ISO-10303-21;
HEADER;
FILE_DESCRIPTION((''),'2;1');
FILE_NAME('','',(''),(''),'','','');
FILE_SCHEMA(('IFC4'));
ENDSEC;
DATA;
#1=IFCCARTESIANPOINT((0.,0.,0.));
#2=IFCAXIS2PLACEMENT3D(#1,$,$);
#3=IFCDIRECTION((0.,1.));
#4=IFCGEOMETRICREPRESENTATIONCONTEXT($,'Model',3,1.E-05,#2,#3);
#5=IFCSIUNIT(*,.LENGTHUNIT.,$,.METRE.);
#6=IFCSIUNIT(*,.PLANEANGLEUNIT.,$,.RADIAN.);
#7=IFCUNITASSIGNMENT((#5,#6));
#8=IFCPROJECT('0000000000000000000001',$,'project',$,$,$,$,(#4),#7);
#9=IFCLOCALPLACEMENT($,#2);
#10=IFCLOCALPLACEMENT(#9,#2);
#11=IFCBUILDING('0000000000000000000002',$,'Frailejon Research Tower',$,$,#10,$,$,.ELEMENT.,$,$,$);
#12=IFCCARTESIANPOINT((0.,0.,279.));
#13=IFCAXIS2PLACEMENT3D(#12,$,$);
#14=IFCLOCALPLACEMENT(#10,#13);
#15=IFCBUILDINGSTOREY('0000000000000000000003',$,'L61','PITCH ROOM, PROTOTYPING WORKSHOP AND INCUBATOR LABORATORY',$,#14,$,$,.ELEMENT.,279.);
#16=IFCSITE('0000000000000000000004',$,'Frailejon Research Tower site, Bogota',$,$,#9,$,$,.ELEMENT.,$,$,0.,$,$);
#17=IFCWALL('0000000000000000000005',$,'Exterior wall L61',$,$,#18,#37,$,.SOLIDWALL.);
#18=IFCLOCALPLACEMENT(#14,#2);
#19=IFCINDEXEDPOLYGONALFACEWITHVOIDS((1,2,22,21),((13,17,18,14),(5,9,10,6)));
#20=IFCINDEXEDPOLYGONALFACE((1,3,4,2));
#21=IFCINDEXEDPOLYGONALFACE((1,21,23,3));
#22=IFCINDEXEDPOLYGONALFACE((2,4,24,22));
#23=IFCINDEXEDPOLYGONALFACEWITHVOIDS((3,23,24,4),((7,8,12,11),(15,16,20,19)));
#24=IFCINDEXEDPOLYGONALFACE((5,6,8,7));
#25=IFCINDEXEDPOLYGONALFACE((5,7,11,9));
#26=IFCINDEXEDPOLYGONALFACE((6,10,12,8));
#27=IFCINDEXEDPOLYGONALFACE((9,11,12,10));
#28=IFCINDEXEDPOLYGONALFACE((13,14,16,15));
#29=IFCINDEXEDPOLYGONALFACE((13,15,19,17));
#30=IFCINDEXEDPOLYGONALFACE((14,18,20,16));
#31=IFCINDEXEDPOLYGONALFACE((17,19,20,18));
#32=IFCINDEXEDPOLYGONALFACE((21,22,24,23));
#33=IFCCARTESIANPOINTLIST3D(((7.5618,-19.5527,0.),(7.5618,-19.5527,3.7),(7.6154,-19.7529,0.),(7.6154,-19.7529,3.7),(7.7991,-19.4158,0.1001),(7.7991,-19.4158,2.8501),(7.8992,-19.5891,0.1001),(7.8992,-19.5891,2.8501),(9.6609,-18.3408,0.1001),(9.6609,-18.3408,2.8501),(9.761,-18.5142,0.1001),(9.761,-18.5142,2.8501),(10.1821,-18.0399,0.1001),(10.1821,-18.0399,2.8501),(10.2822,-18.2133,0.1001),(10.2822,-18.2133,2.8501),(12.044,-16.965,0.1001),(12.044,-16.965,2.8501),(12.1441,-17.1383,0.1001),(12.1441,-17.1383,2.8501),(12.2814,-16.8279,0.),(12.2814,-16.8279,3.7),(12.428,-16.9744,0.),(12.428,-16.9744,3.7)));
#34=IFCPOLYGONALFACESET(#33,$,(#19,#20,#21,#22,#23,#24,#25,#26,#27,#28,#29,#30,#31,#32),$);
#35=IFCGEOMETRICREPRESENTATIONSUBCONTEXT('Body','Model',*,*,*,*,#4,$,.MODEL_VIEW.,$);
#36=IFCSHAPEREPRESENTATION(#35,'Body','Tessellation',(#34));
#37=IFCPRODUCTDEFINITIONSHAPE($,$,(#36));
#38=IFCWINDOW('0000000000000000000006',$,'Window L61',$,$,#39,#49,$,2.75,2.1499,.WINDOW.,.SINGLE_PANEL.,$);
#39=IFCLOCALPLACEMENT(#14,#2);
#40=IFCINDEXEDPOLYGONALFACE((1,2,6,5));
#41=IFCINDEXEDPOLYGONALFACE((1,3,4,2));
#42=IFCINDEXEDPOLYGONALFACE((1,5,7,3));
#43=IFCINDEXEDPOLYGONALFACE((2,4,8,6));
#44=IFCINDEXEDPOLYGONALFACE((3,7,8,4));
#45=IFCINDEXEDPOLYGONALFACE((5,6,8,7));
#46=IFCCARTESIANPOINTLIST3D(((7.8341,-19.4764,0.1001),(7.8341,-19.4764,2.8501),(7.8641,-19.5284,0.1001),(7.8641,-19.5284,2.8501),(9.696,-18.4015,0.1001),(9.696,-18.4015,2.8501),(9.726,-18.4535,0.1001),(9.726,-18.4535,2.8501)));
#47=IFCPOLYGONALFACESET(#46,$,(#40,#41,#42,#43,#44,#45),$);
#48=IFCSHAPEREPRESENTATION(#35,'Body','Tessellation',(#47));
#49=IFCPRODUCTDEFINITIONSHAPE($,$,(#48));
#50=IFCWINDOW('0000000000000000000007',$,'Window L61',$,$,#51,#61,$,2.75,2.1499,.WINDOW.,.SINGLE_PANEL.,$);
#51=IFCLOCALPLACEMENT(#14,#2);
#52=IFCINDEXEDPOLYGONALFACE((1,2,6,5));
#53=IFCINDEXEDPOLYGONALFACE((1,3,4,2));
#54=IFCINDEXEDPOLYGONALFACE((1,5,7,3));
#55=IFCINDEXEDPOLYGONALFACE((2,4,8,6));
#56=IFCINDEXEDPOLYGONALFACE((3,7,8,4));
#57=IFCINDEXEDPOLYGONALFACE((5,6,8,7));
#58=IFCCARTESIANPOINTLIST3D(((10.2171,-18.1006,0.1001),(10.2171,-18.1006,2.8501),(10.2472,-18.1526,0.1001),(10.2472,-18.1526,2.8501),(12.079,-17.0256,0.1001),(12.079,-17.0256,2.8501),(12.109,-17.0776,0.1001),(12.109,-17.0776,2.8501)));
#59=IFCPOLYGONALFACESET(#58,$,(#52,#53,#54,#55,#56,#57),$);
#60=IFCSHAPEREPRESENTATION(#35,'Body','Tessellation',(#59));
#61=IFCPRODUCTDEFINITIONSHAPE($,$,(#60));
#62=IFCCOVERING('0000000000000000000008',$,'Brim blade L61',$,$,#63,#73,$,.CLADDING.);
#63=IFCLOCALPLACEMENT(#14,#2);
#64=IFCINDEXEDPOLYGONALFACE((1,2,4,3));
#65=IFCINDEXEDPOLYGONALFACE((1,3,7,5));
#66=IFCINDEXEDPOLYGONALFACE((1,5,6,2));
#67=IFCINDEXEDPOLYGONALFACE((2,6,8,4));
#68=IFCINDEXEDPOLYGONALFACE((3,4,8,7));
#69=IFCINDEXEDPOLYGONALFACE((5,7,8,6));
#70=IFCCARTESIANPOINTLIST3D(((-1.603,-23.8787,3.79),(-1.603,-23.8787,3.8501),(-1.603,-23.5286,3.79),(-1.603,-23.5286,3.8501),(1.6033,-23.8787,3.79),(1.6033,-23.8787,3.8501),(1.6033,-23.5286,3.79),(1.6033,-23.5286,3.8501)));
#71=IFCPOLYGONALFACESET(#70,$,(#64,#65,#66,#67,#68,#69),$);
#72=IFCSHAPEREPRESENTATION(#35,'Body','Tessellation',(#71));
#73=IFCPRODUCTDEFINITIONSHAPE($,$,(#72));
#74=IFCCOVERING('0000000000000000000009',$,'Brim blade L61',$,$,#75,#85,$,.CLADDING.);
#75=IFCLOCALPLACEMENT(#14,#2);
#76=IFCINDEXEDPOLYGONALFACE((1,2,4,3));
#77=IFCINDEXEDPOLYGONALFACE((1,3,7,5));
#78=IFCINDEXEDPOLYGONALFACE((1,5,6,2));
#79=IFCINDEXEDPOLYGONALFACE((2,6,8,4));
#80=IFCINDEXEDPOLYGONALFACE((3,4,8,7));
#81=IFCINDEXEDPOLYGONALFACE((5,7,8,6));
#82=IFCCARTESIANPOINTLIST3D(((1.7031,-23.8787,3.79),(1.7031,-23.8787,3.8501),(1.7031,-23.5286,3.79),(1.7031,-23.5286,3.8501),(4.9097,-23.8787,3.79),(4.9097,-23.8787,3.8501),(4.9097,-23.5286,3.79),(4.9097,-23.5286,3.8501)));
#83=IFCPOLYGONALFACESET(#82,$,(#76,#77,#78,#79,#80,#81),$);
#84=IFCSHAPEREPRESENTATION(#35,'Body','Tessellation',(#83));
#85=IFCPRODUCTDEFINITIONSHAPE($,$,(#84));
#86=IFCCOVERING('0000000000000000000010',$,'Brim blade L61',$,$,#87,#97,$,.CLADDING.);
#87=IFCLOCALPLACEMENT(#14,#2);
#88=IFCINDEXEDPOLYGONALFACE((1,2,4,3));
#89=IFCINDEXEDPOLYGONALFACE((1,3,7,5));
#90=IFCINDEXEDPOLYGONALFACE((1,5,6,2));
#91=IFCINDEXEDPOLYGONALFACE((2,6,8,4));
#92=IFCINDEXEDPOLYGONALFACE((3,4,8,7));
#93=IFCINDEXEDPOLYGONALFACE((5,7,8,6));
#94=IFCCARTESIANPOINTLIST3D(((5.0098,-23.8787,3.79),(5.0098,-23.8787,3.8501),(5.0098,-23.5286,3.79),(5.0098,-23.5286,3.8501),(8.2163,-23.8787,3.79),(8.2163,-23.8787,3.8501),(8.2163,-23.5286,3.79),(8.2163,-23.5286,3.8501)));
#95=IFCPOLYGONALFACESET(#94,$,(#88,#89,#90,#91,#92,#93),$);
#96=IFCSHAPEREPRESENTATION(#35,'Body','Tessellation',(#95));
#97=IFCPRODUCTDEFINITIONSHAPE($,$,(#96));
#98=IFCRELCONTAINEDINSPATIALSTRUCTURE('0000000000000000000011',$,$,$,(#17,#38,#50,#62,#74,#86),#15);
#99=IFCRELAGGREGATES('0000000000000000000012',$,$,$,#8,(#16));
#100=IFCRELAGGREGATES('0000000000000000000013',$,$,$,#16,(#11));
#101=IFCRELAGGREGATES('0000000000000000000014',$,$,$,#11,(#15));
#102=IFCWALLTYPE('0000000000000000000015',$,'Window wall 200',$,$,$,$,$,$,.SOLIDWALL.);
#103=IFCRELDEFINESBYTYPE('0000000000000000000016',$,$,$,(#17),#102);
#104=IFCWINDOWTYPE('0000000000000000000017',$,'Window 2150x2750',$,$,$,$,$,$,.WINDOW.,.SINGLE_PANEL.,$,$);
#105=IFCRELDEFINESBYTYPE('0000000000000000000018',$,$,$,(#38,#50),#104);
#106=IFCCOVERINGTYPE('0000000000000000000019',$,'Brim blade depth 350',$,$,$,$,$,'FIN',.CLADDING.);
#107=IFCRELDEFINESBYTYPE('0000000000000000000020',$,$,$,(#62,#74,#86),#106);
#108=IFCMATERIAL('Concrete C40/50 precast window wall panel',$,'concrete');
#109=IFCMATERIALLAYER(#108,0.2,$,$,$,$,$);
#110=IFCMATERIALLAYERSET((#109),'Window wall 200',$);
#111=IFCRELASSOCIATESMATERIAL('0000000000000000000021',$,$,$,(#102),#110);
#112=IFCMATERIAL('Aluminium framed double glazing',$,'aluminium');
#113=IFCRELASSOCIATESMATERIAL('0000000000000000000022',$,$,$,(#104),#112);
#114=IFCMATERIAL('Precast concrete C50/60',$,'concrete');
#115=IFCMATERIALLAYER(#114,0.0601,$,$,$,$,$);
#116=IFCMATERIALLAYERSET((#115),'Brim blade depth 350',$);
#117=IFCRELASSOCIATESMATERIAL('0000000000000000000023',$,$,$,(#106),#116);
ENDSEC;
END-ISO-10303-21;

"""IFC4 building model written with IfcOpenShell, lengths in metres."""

from ifc_helpers import new_model, si_unit, direction, frame, frame_2d, origin, place, context, subcontext, project, spatial, polyline, rectangle, outline, extrude, material, layer, layer_set, type_object, element, fill, save


model = new_model("IFC4")

# Units and contexts
model_context = context("Model", 3, precision=1e-05, world=origin(), true_north=direction((0.0, 1.0)))
body_context = subcontext(model_context, "Body", "Model", "MODEL_VIEW")
ifc_project = project(units=[si_unit("LENGTHUNIT", "METRE"), si_unit("PLANEANGLEUNIT", "RADIAN")], contexts=[model_context])

# Site, building, storey
site_placement = place(None, origin())
site = spatial("IfcSite", under=ifc_project, at=site_placement, Name="Frailejon Research Tower site, Bogota", CompositionType="ELEMENT", RefElevation=0.0)
building_placement = place(site_placement, origin())
building = spatial("IfcBuilding", under=site, at=building_placement, Name="Frailejon Research Tower", CompositionType="ELEMENT")
storey_placement = place(building_placement, frame((0.0, 0.0, 279.0)))
storey = spatial("IfcBuildingStorey", under=building, at=storey_placement, Name="L61", Description="PITCH ROOM, PROTOTYPING WORKSHOP AND INCUBATOR LABORATORY", CompositionType="ELEMENT", Elevation=279.0)

# Wall, openings, windows
ifc_material_1 = material(Name="Concrete C40/50 precast window wall panel", Category="concrete")
ifc_layer_1 = layer(ifc_material_1, 0.2)
ifc_layer_set_1 = layer_set([ifc_layer_1], Name="Window wall 200")
wall_type_1 = type_object("IfcWallType", Name="Window wall 200", PredefinedType="SOLIDWALL", material=ifc_layer_set_1)
wall_1_placement = place(storey_placement, frame((7.5886, -19.6528, 0.0), z_axis=(0.0, 0.0, 1.0), x_axis=(0.866026, 0.499999, 0.0)))
wall_1 = element("IfcWall", 1, at=wall_1_placement, inside=storey, type_object=wall_type_1, Name="Exterior wall L61", PredefinedType="SOLIDWALL", context=body_context, shape_type="SweptSolid", body=[
    extrude(outline(polyline([(-0.0269, -0.1001), (1.0845, -0.1001), (2.196, -0.1001), (3.3074, -0.1001), (4.4189, -0.1001), (5.5303, -0.1001), (5.4766, 0.1001), (4.3867, 0.1001), (3.2966, 0.1001), (2.2068, 0.1001), (1.1167, 0.1001), (0.0269, 0.1001), (-0.0269, -0.1001)])), origin(), (0.0, 0.0, 1.0), 3.7),
])
opening_1_placement = place(wall_1_placement, frame((0.3008, 0.0, 0.1001)))
opening_1 = element("IfcOpeningElement", 2, at=opening_1_placement, cuts=wall_1, PredefinedType="OPENING", context=body_context, shape_type="SweptSolid", body=[
    extrude(rectangle(XDim=2.1499, YDim=2.75, at=frame_2d((1.075, 1.375))), frame((0.0, 0.1099, 0.0), z_axis=(0.0, -1.0, 0.0), x_axis=(1.0, 0.0, 0.0)), (0.0, 0.0, 1.0), 0.22),
])
opening_2_placement = place(wall_1_placement, frame((3.0525, 0.0, 0.1001)))
opening_2 = element("IfcOpeningElement", 3, at=opening_2_placement, cuts=wall_1, PredefinedType="OPENING", context=body_context, shape_type="SweptSolid", body=[
    extrude(rectangle(XDim=2.1499, YDim=2.75, at=frame_2d((1.075, 1.375))), frame((0.0, 0.1099, 0.0), z_axis=(0.0, -1.0, 0.0), x_axis=(1.0, 0.0, 0.0)), (0.0, 0.0, 1.0), 0.22),
])
ifc_material_2 = material(Name="Aluminium framed double glazing", Category="aluminium")
window_type = type_object("IfcWindowType", Name="Window 2150x2750", PartitioningType="SINGLE_PANEL", PredefinedType="WINDOW", material=ifc_material_2)
window_1_placement = place(opening_1_placement, origin())
window_1 = element("IfcWindow", 4, at=window_1_placement, inside=storey, type_object=window_type, Name="Window L61", OverallHeight=2.75, OverallWidth=2.1499, PartitioningType="SINGLE_PANEL", PredefinedType="WINDOW", context=body_context, shape_type="SweptSolid", body=[
    extrude(rectangle(XDim=2.1499, YDim=2.75, at=frame_2d((1.075, 1.375))), frame((0.0, 0.03, 0.0), z_axis=(0.0, -1.0, 0.0), x_axis=(1.0, 0.0, 0.0)), (0.0, 0.0, 1.0), 0.0601),
])
fill(opening_1, window_1)
window_2_placement = place(opening_2_placement, origin())
window_2 = element("IfcWindow", 5, at=window_2_placement, inside=storey, type_object=window_type, Name="Window L61", OverallHeight=2.75, OverallWidth=2.1499, PartitioningType="SINGLE_PANEL", PredefinedType="WINDOW", context=body_context, shape_type="SweptSolid", body=[
    extrude(rectangle(XDim=2.1499, YDim=2.75, at=frame_2d((1.075, 1.375))), frame((0.0, 0.03, 0.0), z_axis=(0.0, -1.0, 0.0), x_axis=(1.0, 0.0, 0.0)), (0.0, 0.0, 1.0), 0.0601),
])
fill(opening_2, window_2)

# Coverings
ifc_material_3 = material(Name="Precast concrete C50/60", Category="concrete")
ifc_layer_2 = layer(ifc_material_3, 0.0601)
ifc_layer_set_2 = layer_set([ifc_layer_2], Name="Brim blade depth 350")
covering_type = type_object("IfcCoveringType", Name="Brim blade depth 350", ElementType="FIN", PredefinedType="CLADDING", material=ifc_layer_set_2)
covering_placement = place(storey_placement, frame((1.6033, -23.5286, 3.8501), z_axis=(-1.0, 0.0, 0.0), x_axis=(0.0, -1.0, 0.0)))
element("IfcCovering", 6, at=covering_placement, inside=storey, type_object=covering_type, Name="Brim blade L61", PredefinedType="CLADDING", context=body_context, shape_type="SweptSolid", body=[
    extrude(outline(polyline([(0.0, -0.0601), (0.3501, -0.0601), (0.3501, 0.0), (0.0, 0.0), (0.0, -0.0601)])), origin(), (0.0, 0.0, 1.0), 3.2063),
])
for number, where, z_axis, x_axis, name in (
    (7, (4.9097, -23.5286, 3.8501), (-1.0, 0.0, 0.0), (0.0, -1.0, 0.0), "Brim blade L61"),
    (8, (8.2163, -23.5286, 3.8501), (-1.0, 0.0, 0.0), (0.0, -1.0, 0.0), "Brim blade L61"),
):
    element("IfcCovering", number, at=place(storey_placement, frame(where, z_axis=z_axis, x_axis=x_axis)), inside=storey, type_object=covering_type, Name=name, PredefinedType="CLADDING", context=body_context, shape_type="SweptSolid", body=[
        extrude(outline(polyline([(0.0, -0.0601), (0.3501, -0.0601), (0.3501, 0.0), (0.0, 0.0), (0.0, -0.0601)])), origin(), (0.0, 0.0, 1.0), 3.2065),
    ])

save(model, "model.ifc")
